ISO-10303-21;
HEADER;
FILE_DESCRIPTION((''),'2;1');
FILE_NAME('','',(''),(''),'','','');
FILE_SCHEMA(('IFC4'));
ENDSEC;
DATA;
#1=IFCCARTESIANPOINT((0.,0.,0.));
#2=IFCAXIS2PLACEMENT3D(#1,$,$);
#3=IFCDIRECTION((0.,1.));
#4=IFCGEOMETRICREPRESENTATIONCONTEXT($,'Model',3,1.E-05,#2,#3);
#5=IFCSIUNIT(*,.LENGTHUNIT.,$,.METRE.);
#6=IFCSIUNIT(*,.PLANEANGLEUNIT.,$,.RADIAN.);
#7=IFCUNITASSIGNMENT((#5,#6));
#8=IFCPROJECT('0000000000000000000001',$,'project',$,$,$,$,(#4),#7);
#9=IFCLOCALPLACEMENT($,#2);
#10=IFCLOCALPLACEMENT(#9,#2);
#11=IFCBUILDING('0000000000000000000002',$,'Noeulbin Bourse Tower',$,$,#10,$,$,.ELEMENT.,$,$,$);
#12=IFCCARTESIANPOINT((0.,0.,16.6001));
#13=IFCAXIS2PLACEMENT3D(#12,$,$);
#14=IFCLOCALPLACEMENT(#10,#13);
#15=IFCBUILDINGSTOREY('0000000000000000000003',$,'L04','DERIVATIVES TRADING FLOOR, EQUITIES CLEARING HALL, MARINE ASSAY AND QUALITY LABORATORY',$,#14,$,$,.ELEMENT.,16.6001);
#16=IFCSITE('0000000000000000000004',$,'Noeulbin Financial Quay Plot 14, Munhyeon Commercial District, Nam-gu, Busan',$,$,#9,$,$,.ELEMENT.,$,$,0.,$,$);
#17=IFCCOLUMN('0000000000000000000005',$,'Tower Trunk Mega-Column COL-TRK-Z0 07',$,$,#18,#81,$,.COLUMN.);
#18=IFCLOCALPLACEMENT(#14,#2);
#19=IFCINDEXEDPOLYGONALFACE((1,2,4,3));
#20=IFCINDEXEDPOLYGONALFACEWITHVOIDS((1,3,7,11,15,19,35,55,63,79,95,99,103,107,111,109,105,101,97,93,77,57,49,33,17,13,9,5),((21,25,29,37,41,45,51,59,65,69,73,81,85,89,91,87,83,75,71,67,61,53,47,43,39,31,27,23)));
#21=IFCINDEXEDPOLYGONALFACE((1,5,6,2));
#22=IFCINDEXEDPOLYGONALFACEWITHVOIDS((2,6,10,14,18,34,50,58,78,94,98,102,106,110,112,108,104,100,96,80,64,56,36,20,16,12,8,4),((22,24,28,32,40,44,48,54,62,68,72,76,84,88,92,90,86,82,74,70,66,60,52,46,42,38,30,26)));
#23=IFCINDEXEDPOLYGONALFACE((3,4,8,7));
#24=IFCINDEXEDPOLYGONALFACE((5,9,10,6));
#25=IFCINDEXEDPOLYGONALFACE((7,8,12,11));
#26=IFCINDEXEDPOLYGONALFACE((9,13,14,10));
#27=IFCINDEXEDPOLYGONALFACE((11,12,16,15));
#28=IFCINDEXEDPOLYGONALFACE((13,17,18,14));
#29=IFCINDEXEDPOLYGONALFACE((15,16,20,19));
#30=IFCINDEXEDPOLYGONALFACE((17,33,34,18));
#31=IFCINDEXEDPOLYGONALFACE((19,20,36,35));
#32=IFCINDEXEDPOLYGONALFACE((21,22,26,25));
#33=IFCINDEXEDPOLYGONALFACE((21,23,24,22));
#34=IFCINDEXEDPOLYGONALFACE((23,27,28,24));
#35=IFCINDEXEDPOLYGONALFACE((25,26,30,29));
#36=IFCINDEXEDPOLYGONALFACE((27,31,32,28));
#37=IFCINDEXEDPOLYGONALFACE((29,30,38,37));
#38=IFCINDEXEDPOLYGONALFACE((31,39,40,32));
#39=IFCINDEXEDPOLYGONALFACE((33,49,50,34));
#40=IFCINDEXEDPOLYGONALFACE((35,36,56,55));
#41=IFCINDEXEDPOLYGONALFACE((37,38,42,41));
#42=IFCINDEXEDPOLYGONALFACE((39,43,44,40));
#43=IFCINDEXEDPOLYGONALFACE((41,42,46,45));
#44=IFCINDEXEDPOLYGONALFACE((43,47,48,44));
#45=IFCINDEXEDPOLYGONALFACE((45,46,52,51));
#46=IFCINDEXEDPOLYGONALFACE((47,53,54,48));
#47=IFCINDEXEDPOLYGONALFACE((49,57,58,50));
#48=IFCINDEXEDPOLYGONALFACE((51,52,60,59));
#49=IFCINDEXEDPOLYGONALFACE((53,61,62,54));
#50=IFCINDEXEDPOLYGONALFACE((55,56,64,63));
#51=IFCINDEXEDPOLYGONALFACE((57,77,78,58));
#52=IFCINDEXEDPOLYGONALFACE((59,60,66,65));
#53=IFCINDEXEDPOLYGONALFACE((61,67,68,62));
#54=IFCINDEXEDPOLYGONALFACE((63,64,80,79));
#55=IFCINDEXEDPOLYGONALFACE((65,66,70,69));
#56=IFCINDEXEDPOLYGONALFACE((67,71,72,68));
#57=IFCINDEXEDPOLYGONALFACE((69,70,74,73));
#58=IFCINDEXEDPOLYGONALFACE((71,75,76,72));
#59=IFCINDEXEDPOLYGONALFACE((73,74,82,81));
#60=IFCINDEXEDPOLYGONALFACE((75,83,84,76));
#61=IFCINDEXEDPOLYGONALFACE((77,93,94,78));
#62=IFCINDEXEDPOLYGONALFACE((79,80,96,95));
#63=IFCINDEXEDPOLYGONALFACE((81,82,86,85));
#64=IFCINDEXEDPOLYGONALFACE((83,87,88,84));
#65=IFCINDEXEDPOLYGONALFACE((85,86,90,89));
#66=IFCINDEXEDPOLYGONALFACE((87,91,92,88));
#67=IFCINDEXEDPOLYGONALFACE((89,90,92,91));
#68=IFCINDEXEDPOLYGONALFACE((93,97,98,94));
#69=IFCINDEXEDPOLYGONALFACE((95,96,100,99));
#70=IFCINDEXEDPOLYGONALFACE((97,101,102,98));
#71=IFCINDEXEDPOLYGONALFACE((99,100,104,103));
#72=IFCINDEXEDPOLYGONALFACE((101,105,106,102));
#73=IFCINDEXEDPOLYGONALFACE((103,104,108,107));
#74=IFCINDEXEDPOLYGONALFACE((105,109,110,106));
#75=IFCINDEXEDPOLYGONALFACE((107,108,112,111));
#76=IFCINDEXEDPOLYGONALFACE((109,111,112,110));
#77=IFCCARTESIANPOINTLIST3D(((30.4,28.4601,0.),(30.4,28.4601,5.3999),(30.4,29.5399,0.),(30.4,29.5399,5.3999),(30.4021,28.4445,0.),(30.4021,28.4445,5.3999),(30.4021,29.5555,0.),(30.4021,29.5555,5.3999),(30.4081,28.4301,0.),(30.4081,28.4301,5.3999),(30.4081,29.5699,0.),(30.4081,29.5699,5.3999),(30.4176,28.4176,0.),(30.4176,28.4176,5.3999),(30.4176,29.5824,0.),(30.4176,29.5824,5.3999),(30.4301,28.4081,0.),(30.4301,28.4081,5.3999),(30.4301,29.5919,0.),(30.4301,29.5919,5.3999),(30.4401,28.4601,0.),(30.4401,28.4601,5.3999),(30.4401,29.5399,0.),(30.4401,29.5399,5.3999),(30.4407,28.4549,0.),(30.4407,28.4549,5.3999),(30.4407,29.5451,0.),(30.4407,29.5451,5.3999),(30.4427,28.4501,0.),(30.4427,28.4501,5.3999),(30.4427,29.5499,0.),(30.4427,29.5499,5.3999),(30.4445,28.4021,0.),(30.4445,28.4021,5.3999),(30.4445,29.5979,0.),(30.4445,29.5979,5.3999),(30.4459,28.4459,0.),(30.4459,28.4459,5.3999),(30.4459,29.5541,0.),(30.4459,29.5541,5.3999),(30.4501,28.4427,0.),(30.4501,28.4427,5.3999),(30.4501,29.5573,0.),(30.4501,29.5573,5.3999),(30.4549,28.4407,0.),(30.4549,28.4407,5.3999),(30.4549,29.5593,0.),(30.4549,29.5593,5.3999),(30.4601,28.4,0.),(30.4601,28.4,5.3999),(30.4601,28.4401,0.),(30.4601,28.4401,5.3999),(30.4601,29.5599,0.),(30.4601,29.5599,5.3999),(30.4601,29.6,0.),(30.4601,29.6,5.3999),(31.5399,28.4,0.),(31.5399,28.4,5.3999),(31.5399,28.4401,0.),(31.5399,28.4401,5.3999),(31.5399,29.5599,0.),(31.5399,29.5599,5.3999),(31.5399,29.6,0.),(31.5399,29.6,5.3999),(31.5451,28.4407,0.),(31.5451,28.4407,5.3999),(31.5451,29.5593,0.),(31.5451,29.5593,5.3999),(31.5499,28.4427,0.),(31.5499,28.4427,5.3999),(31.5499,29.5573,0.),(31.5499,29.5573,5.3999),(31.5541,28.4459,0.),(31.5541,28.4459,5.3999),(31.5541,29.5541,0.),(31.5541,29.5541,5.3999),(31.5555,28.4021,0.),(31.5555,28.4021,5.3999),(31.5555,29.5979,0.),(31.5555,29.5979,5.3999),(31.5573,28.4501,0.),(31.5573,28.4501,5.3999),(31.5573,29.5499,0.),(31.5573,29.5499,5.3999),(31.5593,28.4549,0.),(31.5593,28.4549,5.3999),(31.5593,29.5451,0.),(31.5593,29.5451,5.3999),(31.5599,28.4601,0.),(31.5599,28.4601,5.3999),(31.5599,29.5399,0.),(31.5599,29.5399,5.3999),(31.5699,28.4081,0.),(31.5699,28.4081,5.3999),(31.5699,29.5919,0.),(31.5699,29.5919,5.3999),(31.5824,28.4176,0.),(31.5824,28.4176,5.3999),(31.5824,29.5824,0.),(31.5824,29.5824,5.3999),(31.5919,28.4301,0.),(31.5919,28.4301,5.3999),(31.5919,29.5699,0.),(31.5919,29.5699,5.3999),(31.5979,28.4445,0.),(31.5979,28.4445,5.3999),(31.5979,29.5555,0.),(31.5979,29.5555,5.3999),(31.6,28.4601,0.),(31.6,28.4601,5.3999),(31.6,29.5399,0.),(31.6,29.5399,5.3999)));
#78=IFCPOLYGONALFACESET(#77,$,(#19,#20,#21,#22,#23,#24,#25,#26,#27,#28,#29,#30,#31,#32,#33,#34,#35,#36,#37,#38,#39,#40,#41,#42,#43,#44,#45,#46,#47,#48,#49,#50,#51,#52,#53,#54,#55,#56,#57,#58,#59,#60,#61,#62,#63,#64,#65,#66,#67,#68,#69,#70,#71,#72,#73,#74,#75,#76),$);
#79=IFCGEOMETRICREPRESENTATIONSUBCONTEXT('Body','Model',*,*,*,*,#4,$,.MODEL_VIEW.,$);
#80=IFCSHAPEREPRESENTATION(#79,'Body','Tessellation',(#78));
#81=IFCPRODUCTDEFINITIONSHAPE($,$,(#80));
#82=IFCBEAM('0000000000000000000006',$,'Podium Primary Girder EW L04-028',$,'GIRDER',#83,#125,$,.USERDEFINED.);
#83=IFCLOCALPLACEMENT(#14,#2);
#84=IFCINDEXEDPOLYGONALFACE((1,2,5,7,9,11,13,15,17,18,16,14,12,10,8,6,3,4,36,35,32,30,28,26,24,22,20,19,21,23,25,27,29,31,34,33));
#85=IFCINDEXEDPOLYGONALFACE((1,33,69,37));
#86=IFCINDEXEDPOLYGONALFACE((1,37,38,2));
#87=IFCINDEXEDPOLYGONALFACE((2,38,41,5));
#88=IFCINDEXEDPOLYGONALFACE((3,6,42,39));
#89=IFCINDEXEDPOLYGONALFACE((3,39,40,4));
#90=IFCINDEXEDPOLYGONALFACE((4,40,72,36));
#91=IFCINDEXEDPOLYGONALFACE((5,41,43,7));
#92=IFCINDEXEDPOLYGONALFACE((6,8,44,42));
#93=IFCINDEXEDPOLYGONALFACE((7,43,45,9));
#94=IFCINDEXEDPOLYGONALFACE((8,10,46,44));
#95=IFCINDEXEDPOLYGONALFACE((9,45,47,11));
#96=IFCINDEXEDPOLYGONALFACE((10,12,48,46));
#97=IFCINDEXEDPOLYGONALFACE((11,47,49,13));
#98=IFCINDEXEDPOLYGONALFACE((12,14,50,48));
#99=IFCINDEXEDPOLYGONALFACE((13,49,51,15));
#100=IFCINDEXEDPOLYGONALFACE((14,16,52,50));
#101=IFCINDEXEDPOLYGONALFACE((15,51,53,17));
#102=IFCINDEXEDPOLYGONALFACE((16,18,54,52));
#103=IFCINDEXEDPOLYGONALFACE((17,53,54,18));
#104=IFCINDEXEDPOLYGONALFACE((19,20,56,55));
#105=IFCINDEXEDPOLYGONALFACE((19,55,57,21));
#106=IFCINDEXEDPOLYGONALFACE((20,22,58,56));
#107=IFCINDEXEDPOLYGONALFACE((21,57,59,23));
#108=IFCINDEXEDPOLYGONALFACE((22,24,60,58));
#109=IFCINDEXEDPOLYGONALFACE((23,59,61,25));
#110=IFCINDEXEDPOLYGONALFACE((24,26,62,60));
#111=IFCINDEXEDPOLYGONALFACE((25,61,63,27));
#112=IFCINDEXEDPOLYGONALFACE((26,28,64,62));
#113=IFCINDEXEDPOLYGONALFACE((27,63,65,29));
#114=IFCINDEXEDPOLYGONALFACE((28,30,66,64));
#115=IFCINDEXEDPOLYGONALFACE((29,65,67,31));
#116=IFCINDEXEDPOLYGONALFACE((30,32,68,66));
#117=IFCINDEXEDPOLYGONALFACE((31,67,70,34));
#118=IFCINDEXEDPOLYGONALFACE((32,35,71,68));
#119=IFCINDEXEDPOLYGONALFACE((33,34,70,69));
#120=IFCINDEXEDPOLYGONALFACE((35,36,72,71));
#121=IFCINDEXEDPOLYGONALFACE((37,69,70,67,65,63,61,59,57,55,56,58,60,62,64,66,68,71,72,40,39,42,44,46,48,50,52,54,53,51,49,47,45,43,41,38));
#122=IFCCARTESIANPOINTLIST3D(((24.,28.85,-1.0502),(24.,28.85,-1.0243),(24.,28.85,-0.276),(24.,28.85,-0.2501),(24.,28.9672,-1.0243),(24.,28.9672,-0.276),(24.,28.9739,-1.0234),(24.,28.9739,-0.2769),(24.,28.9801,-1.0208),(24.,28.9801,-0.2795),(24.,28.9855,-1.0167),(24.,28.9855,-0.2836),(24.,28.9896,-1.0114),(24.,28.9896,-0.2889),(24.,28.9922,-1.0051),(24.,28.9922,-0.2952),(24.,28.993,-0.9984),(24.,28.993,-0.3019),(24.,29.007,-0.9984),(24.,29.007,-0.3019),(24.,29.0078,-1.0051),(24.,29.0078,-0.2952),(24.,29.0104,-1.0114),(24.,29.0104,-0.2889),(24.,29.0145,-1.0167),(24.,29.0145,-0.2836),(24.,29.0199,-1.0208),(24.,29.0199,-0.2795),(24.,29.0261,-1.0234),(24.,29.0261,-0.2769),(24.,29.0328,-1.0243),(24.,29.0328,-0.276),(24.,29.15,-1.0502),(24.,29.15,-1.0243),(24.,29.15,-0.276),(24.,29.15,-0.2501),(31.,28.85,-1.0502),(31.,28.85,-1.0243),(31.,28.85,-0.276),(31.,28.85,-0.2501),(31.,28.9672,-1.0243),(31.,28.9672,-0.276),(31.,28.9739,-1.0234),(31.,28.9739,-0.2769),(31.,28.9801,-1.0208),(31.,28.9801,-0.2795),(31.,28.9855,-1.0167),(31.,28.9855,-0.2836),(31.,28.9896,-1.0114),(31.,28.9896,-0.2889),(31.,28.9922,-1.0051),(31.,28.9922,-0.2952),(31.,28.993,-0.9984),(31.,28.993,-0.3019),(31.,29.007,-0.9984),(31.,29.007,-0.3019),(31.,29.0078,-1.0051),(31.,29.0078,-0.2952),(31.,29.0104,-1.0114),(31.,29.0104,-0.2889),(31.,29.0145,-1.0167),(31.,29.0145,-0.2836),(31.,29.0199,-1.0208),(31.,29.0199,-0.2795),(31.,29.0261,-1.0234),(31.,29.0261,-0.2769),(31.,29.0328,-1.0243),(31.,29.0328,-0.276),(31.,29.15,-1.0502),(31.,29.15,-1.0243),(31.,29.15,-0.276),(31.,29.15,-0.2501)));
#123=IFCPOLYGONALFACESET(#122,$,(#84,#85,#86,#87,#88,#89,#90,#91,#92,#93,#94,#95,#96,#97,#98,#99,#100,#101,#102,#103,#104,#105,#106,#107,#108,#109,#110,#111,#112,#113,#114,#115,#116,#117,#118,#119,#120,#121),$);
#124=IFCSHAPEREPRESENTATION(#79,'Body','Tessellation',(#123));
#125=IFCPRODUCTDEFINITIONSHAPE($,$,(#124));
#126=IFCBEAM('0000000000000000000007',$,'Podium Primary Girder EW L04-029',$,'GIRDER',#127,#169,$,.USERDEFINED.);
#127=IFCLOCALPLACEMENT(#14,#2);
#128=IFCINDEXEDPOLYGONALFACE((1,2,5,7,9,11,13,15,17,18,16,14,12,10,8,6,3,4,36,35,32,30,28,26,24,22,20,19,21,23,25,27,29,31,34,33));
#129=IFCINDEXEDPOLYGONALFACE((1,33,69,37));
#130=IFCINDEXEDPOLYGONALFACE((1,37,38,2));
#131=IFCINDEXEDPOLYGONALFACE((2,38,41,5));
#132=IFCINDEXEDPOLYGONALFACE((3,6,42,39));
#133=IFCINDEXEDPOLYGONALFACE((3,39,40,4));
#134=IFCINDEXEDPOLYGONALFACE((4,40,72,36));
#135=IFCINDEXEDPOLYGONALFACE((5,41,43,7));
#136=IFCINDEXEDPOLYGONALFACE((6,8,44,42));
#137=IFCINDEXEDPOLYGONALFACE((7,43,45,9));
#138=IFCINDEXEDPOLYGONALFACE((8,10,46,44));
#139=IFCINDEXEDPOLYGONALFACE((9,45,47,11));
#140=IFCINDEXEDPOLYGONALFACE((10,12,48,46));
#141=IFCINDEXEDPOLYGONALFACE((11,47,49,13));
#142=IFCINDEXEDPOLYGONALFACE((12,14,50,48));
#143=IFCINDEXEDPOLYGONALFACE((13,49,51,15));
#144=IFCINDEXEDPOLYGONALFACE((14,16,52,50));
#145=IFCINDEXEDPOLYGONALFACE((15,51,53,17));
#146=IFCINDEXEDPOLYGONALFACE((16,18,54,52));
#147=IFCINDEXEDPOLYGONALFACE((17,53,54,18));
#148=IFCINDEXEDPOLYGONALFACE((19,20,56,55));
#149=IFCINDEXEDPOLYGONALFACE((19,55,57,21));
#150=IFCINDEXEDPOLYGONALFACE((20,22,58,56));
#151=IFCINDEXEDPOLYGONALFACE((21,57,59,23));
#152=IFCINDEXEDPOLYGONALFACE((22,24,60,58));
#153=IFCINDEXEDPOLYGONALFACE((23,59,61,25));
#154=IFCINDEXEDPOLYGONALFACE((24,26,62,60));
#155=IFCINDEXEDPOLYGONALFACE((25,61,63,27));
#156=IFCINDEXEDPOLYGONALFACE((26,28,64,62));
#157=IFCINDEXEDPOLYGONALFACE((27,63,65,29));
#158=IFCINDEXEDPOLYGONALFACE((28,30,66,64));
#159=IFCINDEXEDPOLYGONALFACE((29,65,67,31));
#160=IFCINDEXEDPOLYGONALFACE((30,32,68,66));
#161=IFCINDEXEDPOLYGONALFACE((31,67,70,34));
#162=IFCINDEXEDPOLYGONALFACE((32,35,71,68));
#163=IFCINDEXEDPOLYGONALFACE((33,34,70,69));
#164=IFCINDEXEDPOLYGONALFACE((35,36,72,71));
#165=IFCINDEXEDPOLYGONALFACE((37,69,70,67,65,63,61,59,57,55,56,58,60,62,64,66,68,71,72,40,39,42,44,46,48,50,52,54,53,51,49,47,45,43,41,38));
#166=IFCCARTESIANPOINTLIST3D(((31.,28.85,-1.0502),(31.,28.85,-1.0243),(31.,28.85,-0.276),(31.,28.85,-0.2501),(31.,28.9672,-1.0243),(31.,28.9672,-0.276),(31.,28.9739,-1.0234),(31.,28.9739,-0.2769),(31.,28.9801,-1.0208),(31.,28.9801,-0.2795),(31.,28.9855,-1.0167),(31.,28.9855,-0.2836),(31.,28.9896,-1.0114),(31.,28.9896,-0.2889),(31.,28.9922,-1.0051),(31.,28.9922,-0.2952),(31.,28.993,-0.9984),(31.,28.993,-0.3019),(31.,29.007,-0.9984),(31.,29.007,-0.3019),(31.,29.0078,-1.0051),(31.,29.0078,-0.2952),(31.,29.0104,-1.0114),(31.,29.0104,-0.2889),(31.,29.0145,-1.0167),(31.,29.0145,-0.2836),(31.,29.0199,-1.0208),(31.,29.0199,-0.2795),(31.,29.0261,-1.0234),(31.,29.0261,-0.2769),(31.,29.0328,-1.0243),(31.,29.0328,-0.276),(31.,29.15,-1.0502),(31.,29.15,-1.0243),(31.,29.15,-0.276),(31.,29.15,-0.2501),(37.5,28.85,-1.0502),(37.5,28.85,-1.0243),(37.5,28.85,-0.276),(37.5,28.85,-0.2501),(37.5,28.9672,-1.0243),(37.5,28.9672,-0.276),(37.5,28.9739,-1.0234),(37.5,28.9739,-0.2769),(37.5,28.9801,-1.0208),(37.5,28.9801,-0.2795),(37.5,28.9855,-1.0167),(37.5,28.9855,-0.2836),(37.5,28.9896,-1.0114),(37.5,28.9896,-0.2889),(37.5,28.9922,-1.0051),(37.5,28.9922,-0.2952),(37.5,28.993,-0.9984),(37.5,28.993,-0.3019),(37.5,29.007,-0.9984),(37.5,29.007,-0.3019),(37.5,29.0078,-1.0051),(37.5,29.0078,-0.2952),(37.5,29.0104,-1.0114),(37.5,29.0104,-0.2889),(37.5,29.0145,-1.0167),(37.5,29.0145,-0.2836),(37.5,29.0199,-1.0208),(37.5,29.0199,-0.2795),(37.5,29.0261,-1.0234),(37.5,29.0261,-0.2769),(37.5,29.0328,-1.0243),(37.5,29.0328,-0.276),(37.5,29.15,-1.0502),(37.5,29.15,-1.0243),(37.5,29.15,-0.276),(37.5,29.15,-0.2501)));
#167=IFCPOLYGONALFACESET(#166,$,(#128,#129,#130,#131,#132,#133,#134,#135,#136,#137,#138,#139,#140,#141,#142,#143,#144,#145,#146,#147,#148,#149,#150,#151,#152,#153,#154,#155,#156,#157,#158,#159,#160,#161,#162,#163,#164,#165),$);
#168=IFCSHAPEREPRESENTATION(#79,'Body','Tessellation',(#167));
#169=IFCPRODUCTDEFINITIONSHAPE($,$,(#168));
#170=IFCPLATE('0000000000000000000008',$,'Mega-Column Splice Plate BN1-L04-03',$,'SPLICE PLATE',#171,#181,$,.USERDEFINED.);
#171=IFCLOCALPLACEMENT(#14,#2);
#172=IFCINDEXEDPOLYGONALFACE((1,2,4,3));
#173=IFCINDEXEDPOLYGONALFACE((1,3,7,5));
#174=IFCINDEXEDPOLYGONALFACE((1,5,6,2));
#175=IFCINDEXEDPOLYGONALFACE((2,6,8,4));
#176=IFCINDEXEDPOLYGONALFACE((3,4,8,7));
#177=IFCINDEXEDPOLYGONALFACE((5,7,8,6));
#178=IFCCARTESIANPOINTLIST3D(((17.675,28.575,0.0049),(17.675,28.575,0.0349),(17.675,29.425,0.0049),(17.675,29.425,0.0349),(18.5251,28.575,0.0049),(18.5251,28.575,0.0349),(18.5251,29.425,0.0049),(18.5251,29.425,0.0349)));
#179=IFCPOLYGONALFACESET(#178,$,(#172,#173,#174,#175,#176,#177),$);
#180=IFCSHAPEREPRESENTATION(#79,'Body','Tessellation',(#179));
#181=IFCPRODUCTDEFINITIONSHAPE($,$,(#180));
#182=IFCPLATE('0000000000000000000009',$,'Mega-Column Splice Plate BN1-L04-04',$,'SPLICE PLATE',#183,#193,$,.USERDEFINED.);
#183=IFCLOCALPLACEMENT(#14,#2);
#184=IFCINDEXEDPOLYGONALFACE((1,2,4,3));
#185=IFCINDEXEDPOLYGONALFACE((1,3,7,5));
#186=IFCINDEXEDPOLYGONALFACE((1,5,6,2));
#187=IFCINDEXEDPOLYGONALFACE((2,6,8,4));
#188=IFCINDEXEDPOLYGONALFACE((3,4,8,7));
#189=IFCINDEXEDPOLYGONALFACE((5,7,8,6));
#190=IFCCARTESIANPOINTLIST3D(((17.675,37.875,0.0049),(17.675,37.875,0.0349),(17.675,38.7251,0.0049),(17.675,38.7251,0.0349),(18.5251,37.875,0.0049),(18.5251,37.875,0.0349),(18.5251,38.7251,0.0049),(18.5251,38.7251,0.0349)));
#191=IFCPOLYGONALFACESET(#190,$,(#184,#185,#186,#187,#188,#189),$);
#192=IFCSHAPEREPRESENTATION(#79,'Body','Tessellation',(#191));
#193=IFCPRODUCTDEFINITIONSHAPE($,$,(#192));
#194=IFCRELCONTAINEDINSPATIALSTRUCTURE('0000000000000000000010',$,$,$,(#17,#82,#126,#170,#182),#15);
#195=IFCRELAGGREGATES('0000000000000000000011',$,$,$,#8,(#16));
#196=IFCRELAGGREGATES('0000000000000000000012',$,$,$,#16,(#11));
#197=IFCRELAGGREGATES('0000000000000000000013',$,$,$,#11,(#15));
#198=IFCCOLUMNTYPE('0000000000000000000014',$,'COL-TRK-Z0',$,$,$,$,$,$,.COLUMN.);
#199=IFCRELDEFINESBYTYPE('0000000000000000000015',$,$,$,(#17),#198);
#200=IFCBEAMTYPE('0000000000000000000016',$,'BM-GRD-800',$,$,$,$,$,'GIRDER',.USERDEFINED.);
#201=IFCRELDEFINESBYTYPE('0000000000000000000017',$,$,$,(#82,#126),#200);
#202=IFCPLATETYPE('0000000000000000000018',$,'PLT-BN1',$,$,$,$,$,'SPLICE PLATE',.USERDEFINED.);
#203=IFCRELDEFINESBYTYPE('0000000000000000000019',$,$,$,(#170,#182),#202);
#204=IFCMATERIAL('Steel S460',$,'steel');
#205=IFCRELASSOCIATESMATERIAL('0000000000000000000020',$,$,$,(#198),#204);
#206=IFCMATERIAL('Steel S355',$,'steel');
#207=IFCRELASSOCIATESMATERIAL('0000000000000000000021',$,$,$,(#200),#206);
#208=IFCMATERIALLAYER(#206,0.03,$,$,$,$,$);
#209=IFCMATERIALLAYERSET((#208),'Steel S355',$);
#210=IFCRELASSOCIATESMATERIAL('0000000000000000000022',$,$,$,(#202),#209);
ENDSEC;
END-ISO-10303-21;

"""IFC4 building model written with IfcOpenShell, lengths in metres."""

from ifc_helpers import new_model, si_unit, direction, frame, origin, origin_2d, place, context, subcontext, project, spatial, rectangle, hollow_rectangle, i_section, extrude, material, layer, layer_set, material_profile, profile_set, type_object, element, save


model = new_model("IFC4")

# Units and contexts
model_context = context("Model", 3, precision=1e-05, world=origin(), true_north=direction((0.0, 1.0)))
body_context = subcontext(model_context, "Body", "Model", "MODEL_VIEW")
ifc_project = project(units=[si_unit("LENGTHUNIT", "METRE"), si_unit("PLANEANGLEUNIT", "RADIAN")], contexts=[model_context])

# Site, building, storey
site_placement = place(None, origin())
site = spatial("IfcSite", under=ifc_project, at=site_placement, Name="Noeulbin Financial Quay Plot 14, Munhyeon Commercial District, Nam-gu, Busan", CompositionType="ELEMENT", RefElevation=0.0)
building_placement = place(site_placement, origin())
building = spatial("IfcBuilding", under=site, at=building_placement, Name="Noeulbin Bourse Tower", CompositionType="ELEMENT")
storey_placement = place(building_placement, frame((0.0, 0.0, 16.6001)))
storey = spatial("IfcBuildingStorey", under=building, at=storey_placement, Name="L04", Description="DERIVATIVES TRADING FLOOR, EQUITIES CLEARING HALL, MARINE ASSAY AND QUALITY LABORATORY", CompositionType="ELEMENT", Elevation=16.6001)

# Column
ifc_material_1 = material(Name="Steel S460", Category="steel")
ifc_material_profile_1 = material_profile(ifc_material_1, hollow_rectangle(XDim=1.2, YDim=1.2, WallThickness=0.04, InnerFilletRadius=0.02, OuterFilletRadius=0.0601, at=origin_2d()), Name="BOX-1200x1200x40", Category="LoadBearing")
ifc_profile_set_1 = profile_set([ifc_material_profile_1], Name="Steel S460")
column_type = type_object("IfcColumnType", Name="COL-TRK-Z0", PredefinedType="COLUMN", material=ifc_profile_set_1)
for number, where, z_axis, x_axis, name in (
    (1, (31.0, 29.0, 0.0), (0.0, 0.0, 1.0), (1.0, 0.0, 0.0), "Tower Trunk Mega-Column COL-TRK-Z0 07"),
):
    element("IfcColumn", number, at=place(storey_placement, frame(where, z_axis=z_axis, x_axis=x_axis)), inside=storey, type_object=column_type, Name=name, PredefinedType="COLUMN", context=body_context, shape_type="SweptSolid", body=[
        extrude(hollow_rectangle(XDim=1.2, YDim=1.2, WallThickness=0.04, InnerFilletRadius=0.02, OuterFilletRadius=0.0601, at=origin_2d()), origin(), (0.0, 0.0, 1.0), 5.3999),
    ])

# Beams
ifc_material_2 = material(Name="Steel S355", Category="steel")
ifc_material_profile_2 = material_profile(ifc_material_2, i_section(OverallWidth=0.3, OverallDepth=0.8, WebThickness=0.0139, FlangeThickness=0.0259, FilletRadius=0.0259, at=origin_2d()), Name="H-800x300x14x26", Category="LoadBearing")
ifc_profile_set_2 = profile_set([ifc_material_profile_2], Name="Steel S355")
beam_type = type_object("IfcBeamType", Name="BM-GRD-800", ElementType="GIRDER", PredefinedType="USERDEFINED", material=ifc_profile_set_2)
beam_1_placement = place(storey_placement, frame((24.0, 29.0, -0.6501), z_axis=(1.0, 0.0, 0.0), x_axis=(0.0, 1.0, 0.0)))
element("IfcBeam", 2, at=beam_1_placement, inside=storey, type_object=beam_type, Name="Podium Primary Girder EW L04-028", ObjectType="GIRDER", PredefinedType="USERDEFINED", context=body_context, shape_type="SweptSolid", body=[
    extrude(i_section(OverallWidth=0.3, OverallDepth=0.8, WebThickness=0.0139, FlangeThickness=0.0259, FilletRadius=0.0259, at=origin_2d()), origin(), (0.0, 0.0, 1.0), 7.0),
])
beam_2_placement = place(storey_placement, frame((31.0, 29.0, -0.6501), z_axis=(1.0, 0.0, 0.0), x_axis=(0.0, 1.0, 0.0)))
element("IfcBeam", 3, at=beam_2_placement, inside=storey, type_object=beam_type, Name="Podium Primary Girder EW L04-029", ObjectType="GIRDER", PredefinedType="USERDEFINED", context=body_context, shape_type="SweptSolid", body=[
    extrude(i_section(OverallWidth=0.3, OverallDepth=0.8, WebThickness=0.0139, FlangeThickness=0.0259, FilletRadius=0.0259, at=origin_2d()), origin(), (0.0, 0.0, 1.0), 6.5),
])

# Plates
ifc_layer_1 = layer(ifc_material_2, 0.03)
ifc_layer_set_1 = layer_set([ifc_layer_1], Name="Steel S355")
plate_type = type_object("IfcPlateType", Name="PLT-BN1", ElementType="SPLICE PLATE", PredefinedType="USERDEFINED", material=ifc_layer_set_1)
for number, where, z_axis, x_axis, name in (
    (4, (18.1001, 29.0, 0.0049), (0.0, 0.0, 1.0), (1.0, 0.0, 0.0), "Mega-Column Splice Plate BN1-L04-03"),
    (5, (18.1001, 38.3, 0.0049), (0.0, 0.0, 1.0), (1.0, 0.0, 0.0), "Mega-Column Splice Plate BN1-L04-04"),
):
    element("IfcPlate", number, at=place(storey_placement, frame(where, z_axis=z_axis, x_axis=x_axis)), inside=storey, type_object=plate_type, Name=name, ObjectType="SPLICE PLATE", PredefinedType="USERDEFINED", context=body_context, shape_type="SweptSolid", body=[
        extrude(rectangle(XDim=0.8501, YDim=0.8501, at=origin_2d()), origin(), (0.0, 0.0, 1.0), 0.03),
    ])

save(model, "model.ifc")
